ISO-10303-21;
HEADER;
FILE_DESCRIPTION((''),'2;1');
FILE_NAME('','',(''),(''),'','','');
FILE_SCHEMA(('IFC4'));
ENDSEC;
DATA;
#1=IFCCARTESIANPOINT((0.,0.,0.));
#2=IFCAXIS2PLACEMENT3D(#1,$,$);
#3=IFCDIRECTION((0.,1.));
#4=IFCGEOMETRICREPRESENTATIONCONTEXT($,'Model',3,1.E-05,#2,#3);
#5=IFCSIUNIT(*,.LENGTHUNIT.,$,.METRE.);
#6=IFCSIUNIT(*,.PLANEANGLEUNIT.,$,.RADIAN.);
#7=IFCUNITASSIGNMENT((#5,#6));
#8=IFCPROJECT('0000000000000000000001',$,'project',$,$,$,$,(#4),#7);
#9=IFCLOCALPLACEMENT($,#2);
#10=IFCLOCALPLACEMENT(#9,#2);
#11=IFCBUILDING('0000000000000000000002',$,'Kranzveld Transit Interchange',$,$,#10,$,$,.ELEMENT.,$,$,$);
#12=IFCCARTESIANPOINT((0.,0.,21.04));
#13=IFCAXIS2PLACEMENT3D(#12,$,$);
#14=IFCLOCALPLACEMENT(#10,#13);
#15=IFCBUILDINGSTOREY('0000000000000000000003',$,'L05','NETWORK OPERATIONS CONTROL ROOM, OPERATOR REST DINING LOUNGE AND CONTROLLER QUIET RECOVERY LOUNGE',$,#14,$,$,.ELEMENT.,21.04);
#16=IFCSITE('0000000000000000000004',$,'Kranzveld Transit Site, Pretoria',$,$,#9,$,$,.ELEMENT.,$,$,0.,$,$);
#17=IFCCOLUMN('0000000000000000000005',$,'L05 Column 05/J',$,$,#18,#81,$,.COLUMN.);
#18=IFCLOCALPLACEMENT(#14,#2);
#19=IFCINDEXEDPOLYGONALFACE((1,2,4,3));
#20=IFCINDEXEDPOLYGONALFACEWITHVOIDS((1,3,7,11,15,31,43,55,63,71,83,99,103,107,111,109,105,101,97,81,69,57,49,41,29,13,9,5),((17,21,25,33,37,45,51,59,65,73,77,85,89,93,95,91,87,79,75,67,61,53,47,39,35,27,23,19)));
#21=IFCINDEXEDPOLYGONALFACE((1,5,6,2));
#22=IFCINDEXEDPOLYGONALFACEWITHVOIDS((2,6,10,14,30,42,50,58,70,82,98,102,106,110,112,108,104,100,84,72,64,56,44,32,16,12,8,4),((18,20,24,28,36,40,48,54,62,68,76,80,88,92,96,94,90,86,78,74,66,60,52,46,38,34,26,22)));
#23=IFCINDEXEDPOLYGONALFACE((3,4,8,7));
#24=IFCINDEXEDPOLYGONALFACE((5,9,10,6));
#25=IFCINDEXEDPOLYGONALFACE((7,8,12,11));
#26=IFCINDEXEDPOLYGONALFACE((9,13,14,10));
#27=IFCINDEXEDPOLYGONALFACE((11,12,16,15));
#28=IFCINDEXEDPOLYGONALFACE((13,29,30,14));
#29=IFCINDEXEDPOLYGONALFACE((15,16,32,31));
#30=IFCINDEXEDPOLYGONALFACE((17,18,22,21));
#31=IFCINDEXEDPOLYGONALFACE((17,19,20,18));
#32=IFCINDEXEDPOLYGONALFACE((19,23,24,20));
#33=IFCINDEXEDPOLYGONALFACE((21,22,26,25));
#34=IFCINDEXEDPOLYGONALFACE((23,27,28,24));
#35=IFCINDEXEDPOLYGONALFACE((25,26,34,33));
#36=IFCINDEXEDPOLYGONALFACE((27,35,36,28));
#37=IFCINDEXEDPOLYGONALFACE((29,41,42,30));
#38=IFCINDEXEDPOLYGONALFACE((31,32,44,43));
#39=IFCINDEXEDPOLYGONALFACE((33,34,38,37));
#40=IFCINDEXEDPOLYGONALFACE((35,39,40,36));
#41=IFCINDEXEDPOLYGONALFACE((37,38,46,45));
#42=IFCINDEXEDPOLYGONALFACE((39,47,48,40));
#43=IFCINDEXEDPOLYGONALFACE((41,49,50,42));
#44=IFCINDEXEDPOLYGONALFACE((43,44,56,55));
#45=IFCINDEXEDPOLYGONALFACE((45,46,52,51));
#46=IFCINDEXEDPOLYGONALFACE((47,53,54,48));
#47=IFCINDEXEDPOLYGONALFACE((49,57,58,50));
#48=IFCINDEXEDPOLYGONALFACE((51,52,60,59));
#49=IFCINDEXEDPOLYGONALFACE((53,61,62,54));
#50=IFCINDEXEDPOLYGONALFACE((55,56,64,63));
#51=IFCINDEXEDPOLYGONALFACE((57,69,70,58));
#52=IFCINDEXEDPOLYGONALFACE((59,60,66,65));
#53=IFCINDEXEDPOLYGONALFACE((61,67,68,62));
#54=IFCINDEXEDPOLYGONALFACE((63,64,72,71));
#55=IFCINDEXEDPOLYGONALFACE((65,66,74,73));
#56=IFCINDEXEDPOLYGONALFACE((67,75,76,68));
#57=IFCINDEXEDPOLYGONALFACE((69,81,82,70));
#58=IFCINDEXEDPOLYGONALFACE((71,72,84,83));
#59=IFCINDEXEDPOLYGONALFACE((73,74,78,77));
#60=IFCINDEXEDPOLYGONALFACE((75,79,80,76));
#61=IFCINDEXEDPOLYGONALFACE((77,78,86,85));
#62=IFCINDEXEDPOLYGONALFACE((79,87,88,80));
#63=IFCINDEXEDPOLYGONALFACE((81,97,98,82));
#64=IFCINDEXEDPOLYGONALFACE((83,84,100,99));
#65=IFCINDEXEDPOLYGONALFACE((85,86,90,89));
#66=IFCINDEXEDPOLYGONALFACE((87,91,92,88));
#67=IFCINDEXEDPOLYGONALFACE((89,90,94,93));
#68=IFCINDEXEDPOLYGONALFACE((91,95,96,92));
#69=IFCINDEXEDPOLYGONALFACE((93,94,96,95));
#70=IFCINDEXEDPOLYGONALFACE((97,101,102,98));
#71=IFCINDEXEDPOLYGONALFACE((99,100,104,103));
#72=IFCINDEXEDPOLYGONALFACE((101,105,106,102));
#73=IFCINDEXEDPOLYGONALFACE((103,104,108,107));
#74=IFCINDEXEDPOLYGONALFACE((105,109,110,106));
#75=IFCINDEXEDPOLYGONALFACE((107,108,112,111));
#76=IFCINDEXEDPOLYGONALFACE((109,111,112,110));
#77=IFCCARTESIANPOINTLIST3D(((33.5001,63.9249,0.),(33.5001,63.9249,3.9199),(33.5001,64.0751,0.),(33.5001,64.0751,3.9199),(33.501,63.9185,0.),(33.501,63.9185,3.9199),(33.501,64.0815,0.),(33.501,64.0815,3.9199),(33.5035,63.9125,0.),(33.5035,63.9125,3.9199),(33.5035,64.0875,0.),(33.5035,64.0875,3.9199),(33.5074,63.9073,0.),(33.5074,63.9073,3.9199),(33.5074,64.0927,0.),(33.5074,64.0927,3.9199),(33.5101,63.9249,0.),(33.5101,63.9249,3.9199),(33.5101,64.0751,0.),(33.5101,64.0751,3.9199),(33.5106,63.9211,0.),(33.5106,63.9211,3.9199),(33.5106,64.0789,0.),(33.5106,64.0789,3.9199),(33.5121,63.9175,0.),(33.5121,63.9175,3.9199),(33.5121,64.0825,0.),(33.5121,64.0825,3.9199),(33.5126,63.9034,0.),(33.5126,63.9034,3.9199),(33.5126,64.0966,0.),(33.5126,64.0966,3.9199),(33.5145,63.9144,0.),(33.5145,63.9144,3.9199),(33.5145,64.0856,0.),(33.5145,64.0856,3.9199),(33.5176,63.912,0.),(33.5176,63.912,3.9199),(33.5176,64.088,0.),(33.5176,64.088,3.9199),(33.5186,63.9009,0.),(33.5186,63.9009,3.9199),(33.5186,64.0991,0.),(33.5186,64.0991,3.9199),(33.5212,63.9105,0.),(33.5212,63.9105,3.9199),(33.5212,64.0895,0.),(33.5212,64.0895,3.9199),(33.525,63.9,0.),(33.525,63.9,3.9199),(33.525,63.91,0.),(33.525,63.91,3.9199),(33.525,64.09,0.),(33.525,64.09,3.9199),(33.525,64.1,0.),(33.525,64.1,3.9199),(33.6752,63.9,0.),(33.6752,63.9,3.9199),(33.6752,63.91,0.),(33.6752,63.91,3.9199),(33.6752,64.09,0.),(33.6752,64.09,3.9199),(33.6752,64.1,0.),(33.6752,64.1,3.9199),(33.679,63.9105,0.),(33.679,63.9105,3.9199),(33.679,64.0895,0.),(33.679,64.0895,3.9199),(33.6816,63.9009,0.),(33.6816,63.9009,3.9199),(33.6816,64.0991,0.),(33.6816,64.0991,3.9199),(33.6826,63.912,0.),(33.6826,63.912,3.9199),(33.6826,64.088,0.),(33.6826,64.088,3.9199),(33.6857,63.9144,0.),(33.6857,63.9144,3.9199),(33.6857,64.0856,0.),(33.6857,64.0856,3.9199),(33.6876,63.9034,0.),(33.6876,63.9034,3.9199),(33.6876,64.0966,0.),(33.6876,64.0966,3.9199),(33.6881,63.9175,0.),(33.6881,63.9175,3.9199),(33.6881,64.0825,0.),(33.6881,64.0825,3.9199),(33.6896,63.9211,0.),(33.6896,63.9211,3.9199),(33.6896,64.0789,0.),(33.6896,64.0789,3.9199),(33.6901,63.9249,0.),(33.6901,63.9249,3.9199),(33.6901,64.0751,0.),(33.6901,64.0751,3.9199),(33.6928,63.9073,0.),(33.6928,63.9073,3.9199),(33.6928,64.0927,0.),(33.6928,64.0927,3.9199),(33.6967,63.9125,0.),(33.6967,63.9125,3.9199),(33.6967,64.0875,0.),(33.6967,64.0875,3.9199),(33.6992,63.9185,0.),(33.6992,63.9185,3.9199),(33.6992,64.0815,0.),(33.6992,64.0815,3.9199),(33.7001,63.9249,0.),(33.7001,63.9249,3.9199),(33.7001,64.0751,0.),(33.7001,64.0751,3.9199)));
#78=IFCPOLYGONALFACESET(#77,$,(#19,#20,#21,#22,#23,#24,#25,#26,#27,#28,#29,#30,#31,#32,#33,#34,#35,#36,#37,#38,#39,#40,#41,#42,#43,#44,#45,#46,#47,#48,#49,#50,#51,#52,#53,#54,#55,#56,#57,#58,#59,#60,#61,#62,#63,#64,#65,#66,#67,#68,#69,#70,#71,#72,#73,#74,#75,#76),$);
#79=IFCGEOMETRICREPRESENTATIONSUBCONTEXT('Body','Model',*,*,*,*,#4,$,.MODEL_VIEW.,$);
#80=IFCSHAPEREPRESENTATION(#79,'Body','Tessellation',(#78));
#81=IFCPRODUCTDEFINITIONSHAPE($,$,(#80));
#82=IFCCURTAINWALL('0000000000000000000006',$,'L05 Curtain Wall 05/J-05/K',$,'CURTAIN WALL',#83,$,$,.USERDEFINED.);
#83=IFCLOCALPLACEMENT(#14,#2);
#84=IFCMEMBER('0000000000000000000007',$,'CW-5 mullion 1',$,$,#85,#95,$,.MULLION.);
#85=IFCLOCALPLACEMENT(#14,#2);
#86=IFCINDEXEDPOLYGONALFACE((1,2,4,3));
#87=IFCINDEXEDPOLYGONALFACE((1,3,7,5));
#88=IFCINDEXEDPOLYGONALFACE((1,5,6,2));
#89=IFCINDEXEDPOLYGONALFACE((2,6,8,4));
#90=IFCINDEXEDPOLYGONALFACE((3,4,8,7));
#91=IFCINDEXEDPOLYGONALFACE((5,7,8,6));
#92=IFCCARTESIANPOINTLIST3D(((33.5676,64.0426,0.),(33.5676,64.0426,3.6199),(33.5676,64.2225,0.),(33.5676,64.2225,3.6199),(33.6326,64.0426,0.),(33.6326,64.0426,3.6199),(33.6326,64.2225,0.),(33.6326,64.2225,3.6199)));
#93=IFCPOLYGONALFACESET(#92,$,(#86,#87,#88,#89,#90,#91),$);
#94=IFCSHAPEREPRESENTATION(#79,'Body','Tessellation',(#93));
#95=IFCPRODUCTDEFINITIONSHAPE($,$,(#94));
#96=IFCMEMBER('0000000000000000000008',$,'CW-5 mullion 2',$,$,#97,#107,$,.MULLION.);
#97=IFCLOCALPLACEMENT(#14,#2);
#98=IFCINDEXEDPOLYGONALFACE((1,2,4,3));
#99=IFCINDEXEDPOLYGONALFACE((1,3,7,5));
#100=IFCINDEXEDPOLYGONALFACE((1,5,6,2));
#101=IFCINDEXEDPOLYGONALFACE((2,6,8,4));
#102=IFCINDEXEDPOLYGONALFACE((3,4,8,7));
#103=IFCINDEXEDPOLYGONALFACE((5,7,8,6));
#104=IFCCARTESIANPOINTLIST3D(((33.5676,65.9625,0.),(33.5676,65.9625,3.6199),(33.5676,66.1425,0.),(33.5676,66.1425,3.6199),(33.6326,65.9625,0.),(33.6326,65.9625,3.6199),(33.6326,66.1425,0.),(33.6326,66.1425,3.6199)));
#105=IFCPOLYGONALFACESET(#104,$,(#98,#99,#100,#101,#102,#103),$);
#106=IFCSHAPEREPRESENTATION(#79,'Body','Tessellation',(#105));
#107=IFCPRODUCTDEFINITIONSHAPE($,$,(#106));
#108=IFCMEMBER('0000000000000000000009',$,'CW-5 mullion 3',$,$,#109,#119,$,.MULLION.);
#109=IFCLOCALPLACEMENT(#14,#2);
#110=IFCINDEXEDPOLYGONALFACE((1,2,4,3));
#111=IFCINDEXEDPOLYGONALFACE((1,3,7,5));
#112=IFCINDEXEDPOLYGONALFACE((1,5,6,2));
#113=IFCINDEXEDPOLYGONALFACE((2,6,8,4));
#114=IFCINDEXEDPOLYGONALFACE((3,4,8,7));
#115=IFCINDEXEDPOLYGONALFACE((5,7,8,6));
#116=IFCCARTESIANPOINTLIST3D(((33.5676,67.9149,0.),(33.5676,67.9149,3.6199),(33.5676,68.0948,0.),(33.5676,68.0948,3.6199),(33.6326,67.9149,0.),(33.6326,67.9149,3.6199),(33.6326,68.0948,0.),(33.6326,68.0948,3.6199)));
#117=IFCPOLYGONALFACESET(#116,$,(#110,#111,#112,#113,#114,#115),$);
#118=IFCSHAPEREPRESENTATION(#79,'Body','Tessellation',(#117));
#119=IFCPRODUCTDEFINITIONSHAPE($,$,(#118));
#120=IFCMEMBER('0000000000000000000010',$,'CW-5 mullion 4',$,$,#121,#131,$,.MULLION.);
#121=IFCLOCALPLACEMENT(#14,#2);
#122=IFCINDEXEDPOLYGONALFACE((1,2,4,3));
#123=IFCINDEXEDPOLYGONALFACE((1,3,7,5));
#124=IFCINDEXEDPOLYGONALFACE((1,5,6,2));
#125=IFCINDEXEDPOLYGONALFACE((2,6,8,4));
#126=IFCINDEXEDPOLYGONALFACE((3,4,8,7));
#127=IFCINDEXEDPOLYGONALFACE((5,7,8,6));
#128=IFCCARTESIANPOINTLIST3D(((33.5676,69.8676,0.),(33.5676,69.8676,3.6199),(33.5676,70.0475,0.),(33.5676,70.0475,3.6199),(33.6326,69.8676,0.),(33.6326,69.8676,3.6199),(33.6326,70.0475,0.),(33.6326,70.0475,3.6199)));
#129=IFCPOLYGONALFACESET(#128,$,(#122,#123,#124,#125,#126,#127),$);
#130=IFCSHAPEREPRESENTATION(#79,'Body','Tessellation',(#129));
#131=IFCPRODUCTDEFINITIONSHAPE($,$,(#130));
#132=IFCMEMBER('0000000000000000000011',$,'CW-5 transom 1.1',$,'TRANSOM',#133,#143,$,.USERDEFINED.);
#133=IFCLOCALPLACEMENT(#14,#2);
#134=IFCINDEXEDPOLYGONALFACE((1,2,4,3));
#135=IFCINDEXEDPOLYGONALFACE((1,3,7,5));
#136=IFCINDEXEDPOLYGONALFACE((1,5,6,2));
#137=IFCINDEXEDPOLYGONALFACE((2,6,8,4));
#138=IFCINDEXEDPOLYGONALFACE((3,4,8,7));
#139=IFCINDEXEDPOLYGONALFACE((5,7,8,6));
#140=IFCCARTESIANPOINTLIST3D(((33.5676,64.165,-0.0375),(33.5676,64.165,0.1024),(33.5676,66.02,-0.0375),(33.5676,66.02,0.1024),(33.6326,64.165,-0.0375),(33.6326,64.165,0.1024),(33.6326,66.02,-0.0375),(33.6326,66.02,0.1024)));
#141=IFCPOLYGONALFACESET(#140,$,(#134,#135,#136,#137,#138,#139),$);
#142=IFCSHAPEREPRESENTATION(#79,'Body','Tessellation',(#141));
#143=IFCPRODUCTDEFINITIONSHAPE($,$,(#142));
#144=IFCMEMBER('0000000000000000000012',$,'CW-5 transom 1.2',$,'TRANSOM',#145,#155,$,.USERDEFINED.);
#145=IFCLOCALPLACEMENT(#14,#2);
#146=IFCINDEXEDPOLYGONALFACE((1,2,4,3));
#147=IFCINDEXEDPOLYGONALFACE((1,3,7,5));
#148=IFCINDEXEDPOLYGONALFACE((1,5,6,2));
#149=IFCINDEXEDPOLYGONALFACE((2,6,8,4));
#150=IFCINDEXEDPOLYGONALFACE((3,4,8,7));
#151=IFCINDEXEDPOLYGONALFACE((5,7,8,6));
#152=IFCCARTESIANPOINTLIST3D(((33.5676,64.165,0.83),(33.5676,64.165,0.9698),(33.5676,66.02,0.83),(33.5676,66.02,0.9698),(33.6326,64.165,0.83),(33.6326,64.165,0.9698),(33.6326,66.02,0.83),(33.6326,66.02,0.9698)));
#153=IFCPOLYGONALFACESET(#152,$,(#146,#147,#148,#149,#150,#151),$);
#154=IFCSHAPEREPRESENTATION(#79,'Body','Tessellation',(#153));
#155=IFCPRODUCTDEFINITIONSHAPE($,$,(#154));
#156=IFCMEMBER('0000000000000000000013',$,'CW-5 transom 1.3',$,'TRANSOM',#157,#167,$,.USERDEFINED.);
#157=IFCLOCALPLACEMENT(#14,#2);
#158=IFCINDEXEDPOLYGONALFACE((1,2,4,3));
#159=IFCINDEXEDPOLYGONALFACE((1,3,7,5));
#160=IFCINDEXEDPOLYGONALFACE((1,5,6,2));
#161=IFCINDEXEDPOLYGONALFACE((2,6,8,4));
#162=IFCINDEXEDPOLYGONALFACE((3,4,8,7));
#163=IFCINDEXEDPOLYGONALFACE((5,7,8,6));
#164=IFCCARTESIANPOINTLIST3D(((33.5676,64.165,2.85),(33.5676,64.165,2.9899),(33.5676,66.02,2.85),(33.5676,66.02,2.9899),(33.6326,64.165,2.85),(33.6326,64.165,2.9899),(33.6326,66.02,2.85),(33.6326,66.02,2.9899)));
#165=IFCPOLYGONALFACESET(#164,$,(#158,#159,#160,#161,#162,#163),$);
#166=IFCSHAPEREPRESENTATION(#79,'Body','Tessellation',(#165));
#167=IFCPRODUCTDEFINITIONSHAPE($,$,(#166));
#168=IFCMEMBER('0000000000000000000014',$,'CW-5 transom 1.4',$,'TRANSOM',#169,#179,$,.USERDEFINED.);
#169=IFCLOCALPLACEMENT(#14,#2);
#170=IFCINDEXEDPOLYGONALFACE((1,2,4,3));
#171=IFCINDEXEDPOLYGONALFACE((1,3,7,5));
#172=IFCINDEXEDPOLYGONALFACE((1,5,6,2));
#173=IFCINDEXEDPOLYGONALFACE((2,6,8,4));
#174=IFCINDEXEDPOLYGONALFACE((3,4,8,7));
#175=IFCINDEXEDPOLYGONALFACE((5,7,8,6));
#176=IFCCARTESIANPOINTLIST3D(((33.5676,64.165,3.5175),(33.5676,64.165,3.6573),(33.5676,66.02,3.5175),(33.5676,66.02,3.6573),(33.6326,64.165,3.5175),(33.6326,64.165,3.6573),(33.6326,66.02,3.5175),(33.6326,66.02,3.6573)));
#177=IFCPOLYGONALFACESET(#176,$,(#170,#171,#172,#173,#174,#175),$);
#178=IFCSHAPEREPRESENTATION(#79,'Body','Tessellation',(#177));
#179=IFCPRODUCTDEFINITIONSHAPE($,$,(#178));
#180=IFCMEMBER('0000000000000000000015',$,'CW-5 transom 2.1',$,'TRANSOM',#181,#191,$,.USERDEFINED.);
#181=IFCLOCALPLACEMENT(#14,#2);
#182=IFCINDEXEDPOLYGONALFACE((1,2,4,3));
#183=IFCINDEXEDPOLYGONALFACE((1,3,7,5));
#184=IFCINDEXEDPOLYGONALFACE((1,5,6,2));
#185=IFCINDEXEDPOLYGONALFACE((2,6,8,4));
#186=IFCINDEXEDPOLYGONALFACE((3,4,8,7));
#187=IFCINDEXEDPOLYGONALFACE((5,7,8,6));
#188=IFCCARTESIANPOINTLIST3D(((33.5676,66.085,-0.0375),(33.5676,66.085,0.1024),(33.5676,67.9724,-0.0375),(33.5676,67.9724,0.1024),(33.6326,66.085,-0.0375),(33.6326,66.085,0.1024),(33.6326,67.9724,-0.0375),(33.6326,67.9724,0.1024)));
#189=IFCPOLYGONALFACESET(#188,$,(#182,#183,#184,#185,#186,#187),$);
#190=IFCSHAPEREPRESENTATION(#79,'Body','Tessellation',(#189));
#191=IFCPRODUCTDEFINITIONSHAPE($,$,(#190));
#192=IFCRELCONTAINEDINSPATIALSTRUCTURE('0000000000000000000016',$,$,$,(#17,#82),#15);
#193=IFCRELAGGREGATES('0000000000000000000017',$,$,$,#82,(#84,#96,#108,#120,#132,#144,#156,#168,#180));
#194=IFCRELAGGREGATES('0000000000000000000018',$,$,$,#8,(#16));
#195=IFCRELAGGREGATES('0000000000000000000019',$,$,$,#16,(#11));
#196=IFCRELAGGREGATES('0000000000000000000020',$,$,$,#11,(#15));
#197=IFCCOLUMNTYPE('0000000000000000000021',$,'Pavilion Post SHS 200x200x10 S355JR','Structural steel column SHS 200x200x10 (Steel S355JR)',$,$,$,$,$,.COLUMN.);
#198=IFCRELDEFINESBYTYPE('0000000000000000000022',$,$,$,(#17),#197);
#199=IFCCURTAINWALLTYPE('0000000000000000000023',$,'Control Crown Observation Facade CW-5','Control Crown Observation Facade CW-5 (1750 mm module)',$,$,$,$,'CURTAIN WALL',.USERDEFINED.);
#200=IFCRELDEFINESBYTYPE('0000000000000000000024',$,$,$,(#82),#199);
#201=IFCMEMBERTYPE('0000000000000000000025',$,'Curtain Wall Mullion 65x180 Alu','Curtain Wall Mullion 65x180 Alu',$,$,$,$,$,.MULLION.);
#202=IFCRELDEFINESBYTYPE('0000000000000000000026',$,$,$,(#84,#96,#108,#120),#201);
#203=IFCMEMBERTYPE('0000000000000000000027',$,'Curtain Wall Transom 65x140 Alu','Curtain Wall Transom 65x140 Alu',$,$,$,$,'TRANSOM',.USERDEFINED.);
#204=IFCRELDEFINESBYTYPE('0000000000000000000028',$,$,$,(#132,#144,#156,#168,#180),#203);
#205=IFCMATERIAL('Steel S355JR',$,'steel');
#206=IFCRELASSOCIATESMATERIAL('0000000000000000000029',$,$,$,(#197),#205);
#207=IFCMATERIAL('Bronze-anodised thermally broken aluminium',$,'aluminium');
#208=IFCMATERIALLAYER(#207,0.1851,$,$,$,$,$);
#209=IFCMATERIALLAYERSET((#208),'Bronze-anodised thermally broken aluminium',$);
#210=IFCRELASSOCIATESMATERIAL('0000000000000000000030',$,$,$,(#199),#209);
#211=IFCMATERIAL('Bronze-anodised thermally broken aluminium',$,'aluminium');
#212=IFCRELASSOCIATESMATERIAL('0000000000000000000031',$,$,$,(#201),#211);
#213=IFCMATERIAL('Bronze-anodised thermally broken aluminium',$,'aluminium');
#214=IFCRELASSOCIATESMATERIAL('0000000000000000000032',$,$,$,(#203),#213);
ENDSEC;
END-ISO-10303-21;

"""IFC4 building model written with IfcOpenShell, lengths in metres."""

from ifc_helpers import new_model, si_unit, direction, frame, origin, origin_2d, place, context, subcontext, project, spatial, rectangle, hollow_rectangle, extrude, material, layer, layer_set, material_profile, profile_set, type_object, element, aggregate, save


model = new_model("IFC4")

# Units and contexts
model_context = context("Model", 3, precision=1e-05, world=origin(), true_north=direction((0.0, 1.0)))
body_context = subcontext(model_context, "Body", "Model", "MODEL_VIEW")
ifc_project = project(units=[si_unit("LENGTHUNIT", "METRE"), si_unit("PLANEANGLEUNIT", "RADIAN")], contexts=[model_context])

# Site, building, storey
site_placement = place(None, origin())
site = spatial("IfcSite", under=ifc_project, at=site_placement, Name="Kranzveld Transit Site, Pretoria", CompositionType="ELEMENT", RefElevation=0.0)
building_placement = place(site_placement, origin())
building = spatial("IfcBuilding", under=site, at=building_placement, Name="Kranzveld Transit Interchange", CompositionType="ELEMENT")
storey_placement = place(building_placement, frame((0.0, 0.0, 21.04)))
storey = spatial("IfcBuildingStorey", under=building, at=storey_placement, Name="L05", Description="NETWORK OPERATIONS CONTROL ROOM, OPERATOR REST DINING LOUNGE AND CONTROLLER QUIET RECOVERY LOUNGE", CompositionType="ELEMENT", Elevation=21.04)

# Column
ifc_material_1 = material(Name="Steel S355JR", Category="steel")
ifc_material_profile_1 = material_profile(ifc_material_1, hollow_rectangle(XDim=0.2, YDim=0.2, WallThickness=0.01, InnerFilletRadius=0.0149, OuterFilletRadius=0.0249, at=origin_2d()), Name="SHS 200x200x10")
ifc_profile_set_1 = profile_set([ifc_material_profile_1], Name="Steel S355JR")
column_type = type_object("IfcColumnType", Name="Pavilion Post SHS 200x200x10 S355JR", Description="Structural steel column SHS 200x200x10 (Steel S355JR)", PredefinedType="COLUMN", material=ifc_profile_set_1)
column_placement = place(storey_placement, frame((33.6001, 64.0, 0.0), z_axis=(0.0, 0.0, 1.0), x_axis=(1.0, 0.0, 0.0)))
element("IfcColumn", 1, at=column_placement, inside=storey, type_object=column_type, Name="L05 Column 05/J", PredefinedType="COLUMN", context=body_context, shape_type="SweptSolid", body=[
    extrude(hollow_rectangle(XDim=0.2, YDim=0.2, WallThickness=0.01, InnerFilletRadius=0.0149, OuterFilletRadius=0.0249, at=origin_2d()), origin(), (0.0, 0.0, 1.0), 3.9199),
])

# Curtain wall, members
ifc_material_2 = material(Name="Bronze-anodised thermally broken aluminium", Category="aluminium")
ifc_layer_1 = layer(ifc_material_2, 0.1851)
ifc_layer_set_1 = layer_set([ifc_layer_1], Name="Bronze-anodised thermally broken aluminium")
curtain_wall_type = type_object("IfcCurtainWallType", Name="Control Crown Observation Facade CW-5", Description="Control Crown Observation Facade CW-5 (1750 mm module)", ElementType="CURTAIN WALL", PredefinedType="USERDEFINED", material=ifc_layer_set_1)
curtain_wall_placement = place(storey_placement, origin())
curtain_wall = element("IfcCurtainWall", 2, at=curtain_wall_placement, inside=storey, type_object=curtain_wall_type, Name="L05 Curtain Wall 05/J-05/K", ObjectType="CURTAIN WALL", PredefinedType="USERDEFINED")
ifc_material_3 = material(Name="Bronze-anodised thermally broken aluminium", Category="aluminium")
ifc_material_profile_2 = material_profile(ifc_material_3, rectangle(XDim=0.0649, YDim=0.1799, at=origin_2d()), Name="ALU MULLION 65x180")
ifc_profile_set_2 = profile_set([ifc_material_profile_2], Name="Bronze-anodised thermally broken aluminium")
member_type_1 = type_object("IfcMemberType", Name="Curtain Wall Mullion 65x180 Alu", Description="Curtain Wall Mullion 65x180 Alu", PredefinedType="MULLION", material=ifc_profile_set_2)
member_1_placement = place(storey_placement, frame((33.6001, 64.1326, 0.0), z_axis=(0.0, 0.0, 1.0), x_axis=(-1.0, 0.0, 0.0)))
member_1 = element("IfcMember", 3, at=member_1_placement, type_object=member_type_1, Name="CW-5 mullion 1", PredefinedType="MULLION", context=body_context, shape_type="SweptSolid", body=[
    extrude(rectangle(XDim=0.0649, YDim=0.1799, at=origin_2d()), origin(), (0.0, 0.0, 1.0), 3.6199),
])
member_2_placement = place(storey_placement, frame((33.6001, 66.0525, 0.0), z_axis=(0.0, 0.0, 1.0), x_axis=(-1.0, 0.0, 0.0)))
member_2 = element("IfcMember", 4, at=member_2_placement, type_object=member_type_1, Name="CW-5 mullion 2", PredefinedType="MULLION", context=body_context, shape_type="SweptSolid", body=[
    extrude(rectangle(XDim=0.0649, YDim=0.1799, at=origin_2d()), origin(), (0.0, 0.0, 1.0), 3.6199),
])
member_3_placement = place(storey_placement, frame((33.6001, 68.0049, 0.0), z_axis=(0.0, 0.0, 1.0), x_axis=(-1.0, 0.0, 0.0)))
member_3 = element("IfcMember", 5, at=member_3_placement, type_object=member_type_1, Name="CW-5 mullion 3", PredefinedType="MULLION", context=body_context, shape_type="SweptSolid", body=[
    extrude(rectangle(XDim=0.0649, YDim=0.1799, at=origin_2d()), origin(), (0.0, 0.0, 1.0), 3.6199),
])
member_4_placement = place(storey_placement, frame((33.6001, 69.9575, 0.0), z_axis=(0.0, 0.0, 1.0), x_axis=(-1.0, 0.0, 0.0)))
member_4 = element("IfcMember", 6, at=member_4_placement, type_object=member_type_1, Name="CW-5 mullion 4", PredefinedType="MULLION", context=body_context, shape_type="SweptSolid", body=[
    extrude(rectangle(XDim=0.0649, YDim=0.1799, at=origin_2d()), origin(), (0.0, 0.0, 1.0), 3.6199),
])
ifc_material_4 = material(Name="Bronze-anodised thermally broken aluminium", Category="aluminium")
ifc_material_profile_3 = material_profile(ifc_material_4, rectangle(XDim=0.0649, YDim=0.1399, at=origin_2d()), Name="ALU TRANSOM 65x140")
ifc_profile_set_3 = profile_set([ifc_material_profile_3], Name="Bronze-anodised thermally broken aluminium")
member_type_2 = type_object("IfcMemberType", Name="Curtain Wall Transom 65x140 Alu", Description="Curtain Wall Transom 65x140 Alu", ElementType="TRANSOM", PredefinedType="USERDEFINED", material=ifc_profile_set_3)
member_5_placement = place(storey_placement, frame((33.6001, 64.165, 0.0325), z_axis=(0.0, 1.0, 0.0), x_axis=(-1.0, 0.0, 0.0)))
member_5 = element("IfcMember", 7, at=member_5_placement, type_object=member_type_2, Name="CW-5 transom 1.1", ObjectType="TRANSOM", PredefinedType="USERDEFINED", context=body_context, shape_type="SweptSolid", body=[
    extrude(rectangle(XDim=0.0649, YDim=0.1399, at=origin_2d()), origin(), (0.0, 0.0, 1.0), 1.855),
])
member_6_placement = place(storey_placement, frame((33.6001, 64.165, 0.8999), z_axis=(0.0, 1.0, 0.0), x_axis=(-1.0, 0.0, 0.0)))
member_6 = element("IfcMember", 8, at=member_6_placement, type_object=member_type_2, Name="CW-5 transom 1.2", ObjectType="TRANSOM", PredefinedType="USERDEFINED", context=body_context, shape_type="SweptSolid", body=[
    extrude(rectangle(XDim=0.0649, YDim=0.1399, at=origin_2d()), origin(), (0.0, 0.0, 1.0), 1.855),
])
member_7_placement = place(storey_placement, frame((33.6001, 64.165, 2.9199), z_axis=(0.0, 1.0, 0.0), x_axis=(-1.0, 0.0, 0.0)))
member_7 = element("IfcMember", 9, at=member_7_placement, type_object=member_type_2, Name="CW-5 transom 1.3", ObjectType="TRANSOM", PredefinedType="USERDEFINED", context=body_context, shape_type="SweptSolid", body=[
    extrude(rectangle(XDim=0.0649, YDim=0.1399, at=origin_2d()), origin(), (0.0, 0.0, 1.0), 1.855),
])
member_8_placement = place(storey_placement, frame((33.6001, 64.165, 3.5874), z_axis=(0.0, 1.0, 0.0), x_axis=(-1.0, 0.0, 0.0)))
member_8 = element("IfcMember", 10, at=member_8_placement, type_object=member_type_2, Name="CW-5 transom 1.4", ObjectType="TRANSOM", PredefinedType="USERDEFINED", context=body_context, shape_type="SweptSolid", body=[
    extrude(rectangle(XDim=0.0649, YDim=0.1399, at=origin_2d()), origin(), (0.0, 0.0, 1.0), 1.855),
])
member_9_placement = place(storey_placement, frame((33.6001, 66.085, 0.0325), z_axis=(0.0, 1.0, 0.0), x_axis=(-1.0, 0.0, 0.0)))
member_9 = element("IfcMember", 11, at=member_9_placement, type_object=member_type_2, Name="CW-5 transom 2.1", ObjectType="TRANSOM", PredefinedType="USERDEFINED", context=body_context, shape_type="SweptSolid", body=[
    extrude(rectangle(XDim=0.0649, YDim=0.1399, at=origin_2d()), origin(), (0.0, 0.0, 1.0), 1.8875),
])

aggregate(curtain_wall, [member_1, member_2, member_3, member_4, member_5, member_6, member_7, member_8, member_9])

save(model, "model.ifc")
